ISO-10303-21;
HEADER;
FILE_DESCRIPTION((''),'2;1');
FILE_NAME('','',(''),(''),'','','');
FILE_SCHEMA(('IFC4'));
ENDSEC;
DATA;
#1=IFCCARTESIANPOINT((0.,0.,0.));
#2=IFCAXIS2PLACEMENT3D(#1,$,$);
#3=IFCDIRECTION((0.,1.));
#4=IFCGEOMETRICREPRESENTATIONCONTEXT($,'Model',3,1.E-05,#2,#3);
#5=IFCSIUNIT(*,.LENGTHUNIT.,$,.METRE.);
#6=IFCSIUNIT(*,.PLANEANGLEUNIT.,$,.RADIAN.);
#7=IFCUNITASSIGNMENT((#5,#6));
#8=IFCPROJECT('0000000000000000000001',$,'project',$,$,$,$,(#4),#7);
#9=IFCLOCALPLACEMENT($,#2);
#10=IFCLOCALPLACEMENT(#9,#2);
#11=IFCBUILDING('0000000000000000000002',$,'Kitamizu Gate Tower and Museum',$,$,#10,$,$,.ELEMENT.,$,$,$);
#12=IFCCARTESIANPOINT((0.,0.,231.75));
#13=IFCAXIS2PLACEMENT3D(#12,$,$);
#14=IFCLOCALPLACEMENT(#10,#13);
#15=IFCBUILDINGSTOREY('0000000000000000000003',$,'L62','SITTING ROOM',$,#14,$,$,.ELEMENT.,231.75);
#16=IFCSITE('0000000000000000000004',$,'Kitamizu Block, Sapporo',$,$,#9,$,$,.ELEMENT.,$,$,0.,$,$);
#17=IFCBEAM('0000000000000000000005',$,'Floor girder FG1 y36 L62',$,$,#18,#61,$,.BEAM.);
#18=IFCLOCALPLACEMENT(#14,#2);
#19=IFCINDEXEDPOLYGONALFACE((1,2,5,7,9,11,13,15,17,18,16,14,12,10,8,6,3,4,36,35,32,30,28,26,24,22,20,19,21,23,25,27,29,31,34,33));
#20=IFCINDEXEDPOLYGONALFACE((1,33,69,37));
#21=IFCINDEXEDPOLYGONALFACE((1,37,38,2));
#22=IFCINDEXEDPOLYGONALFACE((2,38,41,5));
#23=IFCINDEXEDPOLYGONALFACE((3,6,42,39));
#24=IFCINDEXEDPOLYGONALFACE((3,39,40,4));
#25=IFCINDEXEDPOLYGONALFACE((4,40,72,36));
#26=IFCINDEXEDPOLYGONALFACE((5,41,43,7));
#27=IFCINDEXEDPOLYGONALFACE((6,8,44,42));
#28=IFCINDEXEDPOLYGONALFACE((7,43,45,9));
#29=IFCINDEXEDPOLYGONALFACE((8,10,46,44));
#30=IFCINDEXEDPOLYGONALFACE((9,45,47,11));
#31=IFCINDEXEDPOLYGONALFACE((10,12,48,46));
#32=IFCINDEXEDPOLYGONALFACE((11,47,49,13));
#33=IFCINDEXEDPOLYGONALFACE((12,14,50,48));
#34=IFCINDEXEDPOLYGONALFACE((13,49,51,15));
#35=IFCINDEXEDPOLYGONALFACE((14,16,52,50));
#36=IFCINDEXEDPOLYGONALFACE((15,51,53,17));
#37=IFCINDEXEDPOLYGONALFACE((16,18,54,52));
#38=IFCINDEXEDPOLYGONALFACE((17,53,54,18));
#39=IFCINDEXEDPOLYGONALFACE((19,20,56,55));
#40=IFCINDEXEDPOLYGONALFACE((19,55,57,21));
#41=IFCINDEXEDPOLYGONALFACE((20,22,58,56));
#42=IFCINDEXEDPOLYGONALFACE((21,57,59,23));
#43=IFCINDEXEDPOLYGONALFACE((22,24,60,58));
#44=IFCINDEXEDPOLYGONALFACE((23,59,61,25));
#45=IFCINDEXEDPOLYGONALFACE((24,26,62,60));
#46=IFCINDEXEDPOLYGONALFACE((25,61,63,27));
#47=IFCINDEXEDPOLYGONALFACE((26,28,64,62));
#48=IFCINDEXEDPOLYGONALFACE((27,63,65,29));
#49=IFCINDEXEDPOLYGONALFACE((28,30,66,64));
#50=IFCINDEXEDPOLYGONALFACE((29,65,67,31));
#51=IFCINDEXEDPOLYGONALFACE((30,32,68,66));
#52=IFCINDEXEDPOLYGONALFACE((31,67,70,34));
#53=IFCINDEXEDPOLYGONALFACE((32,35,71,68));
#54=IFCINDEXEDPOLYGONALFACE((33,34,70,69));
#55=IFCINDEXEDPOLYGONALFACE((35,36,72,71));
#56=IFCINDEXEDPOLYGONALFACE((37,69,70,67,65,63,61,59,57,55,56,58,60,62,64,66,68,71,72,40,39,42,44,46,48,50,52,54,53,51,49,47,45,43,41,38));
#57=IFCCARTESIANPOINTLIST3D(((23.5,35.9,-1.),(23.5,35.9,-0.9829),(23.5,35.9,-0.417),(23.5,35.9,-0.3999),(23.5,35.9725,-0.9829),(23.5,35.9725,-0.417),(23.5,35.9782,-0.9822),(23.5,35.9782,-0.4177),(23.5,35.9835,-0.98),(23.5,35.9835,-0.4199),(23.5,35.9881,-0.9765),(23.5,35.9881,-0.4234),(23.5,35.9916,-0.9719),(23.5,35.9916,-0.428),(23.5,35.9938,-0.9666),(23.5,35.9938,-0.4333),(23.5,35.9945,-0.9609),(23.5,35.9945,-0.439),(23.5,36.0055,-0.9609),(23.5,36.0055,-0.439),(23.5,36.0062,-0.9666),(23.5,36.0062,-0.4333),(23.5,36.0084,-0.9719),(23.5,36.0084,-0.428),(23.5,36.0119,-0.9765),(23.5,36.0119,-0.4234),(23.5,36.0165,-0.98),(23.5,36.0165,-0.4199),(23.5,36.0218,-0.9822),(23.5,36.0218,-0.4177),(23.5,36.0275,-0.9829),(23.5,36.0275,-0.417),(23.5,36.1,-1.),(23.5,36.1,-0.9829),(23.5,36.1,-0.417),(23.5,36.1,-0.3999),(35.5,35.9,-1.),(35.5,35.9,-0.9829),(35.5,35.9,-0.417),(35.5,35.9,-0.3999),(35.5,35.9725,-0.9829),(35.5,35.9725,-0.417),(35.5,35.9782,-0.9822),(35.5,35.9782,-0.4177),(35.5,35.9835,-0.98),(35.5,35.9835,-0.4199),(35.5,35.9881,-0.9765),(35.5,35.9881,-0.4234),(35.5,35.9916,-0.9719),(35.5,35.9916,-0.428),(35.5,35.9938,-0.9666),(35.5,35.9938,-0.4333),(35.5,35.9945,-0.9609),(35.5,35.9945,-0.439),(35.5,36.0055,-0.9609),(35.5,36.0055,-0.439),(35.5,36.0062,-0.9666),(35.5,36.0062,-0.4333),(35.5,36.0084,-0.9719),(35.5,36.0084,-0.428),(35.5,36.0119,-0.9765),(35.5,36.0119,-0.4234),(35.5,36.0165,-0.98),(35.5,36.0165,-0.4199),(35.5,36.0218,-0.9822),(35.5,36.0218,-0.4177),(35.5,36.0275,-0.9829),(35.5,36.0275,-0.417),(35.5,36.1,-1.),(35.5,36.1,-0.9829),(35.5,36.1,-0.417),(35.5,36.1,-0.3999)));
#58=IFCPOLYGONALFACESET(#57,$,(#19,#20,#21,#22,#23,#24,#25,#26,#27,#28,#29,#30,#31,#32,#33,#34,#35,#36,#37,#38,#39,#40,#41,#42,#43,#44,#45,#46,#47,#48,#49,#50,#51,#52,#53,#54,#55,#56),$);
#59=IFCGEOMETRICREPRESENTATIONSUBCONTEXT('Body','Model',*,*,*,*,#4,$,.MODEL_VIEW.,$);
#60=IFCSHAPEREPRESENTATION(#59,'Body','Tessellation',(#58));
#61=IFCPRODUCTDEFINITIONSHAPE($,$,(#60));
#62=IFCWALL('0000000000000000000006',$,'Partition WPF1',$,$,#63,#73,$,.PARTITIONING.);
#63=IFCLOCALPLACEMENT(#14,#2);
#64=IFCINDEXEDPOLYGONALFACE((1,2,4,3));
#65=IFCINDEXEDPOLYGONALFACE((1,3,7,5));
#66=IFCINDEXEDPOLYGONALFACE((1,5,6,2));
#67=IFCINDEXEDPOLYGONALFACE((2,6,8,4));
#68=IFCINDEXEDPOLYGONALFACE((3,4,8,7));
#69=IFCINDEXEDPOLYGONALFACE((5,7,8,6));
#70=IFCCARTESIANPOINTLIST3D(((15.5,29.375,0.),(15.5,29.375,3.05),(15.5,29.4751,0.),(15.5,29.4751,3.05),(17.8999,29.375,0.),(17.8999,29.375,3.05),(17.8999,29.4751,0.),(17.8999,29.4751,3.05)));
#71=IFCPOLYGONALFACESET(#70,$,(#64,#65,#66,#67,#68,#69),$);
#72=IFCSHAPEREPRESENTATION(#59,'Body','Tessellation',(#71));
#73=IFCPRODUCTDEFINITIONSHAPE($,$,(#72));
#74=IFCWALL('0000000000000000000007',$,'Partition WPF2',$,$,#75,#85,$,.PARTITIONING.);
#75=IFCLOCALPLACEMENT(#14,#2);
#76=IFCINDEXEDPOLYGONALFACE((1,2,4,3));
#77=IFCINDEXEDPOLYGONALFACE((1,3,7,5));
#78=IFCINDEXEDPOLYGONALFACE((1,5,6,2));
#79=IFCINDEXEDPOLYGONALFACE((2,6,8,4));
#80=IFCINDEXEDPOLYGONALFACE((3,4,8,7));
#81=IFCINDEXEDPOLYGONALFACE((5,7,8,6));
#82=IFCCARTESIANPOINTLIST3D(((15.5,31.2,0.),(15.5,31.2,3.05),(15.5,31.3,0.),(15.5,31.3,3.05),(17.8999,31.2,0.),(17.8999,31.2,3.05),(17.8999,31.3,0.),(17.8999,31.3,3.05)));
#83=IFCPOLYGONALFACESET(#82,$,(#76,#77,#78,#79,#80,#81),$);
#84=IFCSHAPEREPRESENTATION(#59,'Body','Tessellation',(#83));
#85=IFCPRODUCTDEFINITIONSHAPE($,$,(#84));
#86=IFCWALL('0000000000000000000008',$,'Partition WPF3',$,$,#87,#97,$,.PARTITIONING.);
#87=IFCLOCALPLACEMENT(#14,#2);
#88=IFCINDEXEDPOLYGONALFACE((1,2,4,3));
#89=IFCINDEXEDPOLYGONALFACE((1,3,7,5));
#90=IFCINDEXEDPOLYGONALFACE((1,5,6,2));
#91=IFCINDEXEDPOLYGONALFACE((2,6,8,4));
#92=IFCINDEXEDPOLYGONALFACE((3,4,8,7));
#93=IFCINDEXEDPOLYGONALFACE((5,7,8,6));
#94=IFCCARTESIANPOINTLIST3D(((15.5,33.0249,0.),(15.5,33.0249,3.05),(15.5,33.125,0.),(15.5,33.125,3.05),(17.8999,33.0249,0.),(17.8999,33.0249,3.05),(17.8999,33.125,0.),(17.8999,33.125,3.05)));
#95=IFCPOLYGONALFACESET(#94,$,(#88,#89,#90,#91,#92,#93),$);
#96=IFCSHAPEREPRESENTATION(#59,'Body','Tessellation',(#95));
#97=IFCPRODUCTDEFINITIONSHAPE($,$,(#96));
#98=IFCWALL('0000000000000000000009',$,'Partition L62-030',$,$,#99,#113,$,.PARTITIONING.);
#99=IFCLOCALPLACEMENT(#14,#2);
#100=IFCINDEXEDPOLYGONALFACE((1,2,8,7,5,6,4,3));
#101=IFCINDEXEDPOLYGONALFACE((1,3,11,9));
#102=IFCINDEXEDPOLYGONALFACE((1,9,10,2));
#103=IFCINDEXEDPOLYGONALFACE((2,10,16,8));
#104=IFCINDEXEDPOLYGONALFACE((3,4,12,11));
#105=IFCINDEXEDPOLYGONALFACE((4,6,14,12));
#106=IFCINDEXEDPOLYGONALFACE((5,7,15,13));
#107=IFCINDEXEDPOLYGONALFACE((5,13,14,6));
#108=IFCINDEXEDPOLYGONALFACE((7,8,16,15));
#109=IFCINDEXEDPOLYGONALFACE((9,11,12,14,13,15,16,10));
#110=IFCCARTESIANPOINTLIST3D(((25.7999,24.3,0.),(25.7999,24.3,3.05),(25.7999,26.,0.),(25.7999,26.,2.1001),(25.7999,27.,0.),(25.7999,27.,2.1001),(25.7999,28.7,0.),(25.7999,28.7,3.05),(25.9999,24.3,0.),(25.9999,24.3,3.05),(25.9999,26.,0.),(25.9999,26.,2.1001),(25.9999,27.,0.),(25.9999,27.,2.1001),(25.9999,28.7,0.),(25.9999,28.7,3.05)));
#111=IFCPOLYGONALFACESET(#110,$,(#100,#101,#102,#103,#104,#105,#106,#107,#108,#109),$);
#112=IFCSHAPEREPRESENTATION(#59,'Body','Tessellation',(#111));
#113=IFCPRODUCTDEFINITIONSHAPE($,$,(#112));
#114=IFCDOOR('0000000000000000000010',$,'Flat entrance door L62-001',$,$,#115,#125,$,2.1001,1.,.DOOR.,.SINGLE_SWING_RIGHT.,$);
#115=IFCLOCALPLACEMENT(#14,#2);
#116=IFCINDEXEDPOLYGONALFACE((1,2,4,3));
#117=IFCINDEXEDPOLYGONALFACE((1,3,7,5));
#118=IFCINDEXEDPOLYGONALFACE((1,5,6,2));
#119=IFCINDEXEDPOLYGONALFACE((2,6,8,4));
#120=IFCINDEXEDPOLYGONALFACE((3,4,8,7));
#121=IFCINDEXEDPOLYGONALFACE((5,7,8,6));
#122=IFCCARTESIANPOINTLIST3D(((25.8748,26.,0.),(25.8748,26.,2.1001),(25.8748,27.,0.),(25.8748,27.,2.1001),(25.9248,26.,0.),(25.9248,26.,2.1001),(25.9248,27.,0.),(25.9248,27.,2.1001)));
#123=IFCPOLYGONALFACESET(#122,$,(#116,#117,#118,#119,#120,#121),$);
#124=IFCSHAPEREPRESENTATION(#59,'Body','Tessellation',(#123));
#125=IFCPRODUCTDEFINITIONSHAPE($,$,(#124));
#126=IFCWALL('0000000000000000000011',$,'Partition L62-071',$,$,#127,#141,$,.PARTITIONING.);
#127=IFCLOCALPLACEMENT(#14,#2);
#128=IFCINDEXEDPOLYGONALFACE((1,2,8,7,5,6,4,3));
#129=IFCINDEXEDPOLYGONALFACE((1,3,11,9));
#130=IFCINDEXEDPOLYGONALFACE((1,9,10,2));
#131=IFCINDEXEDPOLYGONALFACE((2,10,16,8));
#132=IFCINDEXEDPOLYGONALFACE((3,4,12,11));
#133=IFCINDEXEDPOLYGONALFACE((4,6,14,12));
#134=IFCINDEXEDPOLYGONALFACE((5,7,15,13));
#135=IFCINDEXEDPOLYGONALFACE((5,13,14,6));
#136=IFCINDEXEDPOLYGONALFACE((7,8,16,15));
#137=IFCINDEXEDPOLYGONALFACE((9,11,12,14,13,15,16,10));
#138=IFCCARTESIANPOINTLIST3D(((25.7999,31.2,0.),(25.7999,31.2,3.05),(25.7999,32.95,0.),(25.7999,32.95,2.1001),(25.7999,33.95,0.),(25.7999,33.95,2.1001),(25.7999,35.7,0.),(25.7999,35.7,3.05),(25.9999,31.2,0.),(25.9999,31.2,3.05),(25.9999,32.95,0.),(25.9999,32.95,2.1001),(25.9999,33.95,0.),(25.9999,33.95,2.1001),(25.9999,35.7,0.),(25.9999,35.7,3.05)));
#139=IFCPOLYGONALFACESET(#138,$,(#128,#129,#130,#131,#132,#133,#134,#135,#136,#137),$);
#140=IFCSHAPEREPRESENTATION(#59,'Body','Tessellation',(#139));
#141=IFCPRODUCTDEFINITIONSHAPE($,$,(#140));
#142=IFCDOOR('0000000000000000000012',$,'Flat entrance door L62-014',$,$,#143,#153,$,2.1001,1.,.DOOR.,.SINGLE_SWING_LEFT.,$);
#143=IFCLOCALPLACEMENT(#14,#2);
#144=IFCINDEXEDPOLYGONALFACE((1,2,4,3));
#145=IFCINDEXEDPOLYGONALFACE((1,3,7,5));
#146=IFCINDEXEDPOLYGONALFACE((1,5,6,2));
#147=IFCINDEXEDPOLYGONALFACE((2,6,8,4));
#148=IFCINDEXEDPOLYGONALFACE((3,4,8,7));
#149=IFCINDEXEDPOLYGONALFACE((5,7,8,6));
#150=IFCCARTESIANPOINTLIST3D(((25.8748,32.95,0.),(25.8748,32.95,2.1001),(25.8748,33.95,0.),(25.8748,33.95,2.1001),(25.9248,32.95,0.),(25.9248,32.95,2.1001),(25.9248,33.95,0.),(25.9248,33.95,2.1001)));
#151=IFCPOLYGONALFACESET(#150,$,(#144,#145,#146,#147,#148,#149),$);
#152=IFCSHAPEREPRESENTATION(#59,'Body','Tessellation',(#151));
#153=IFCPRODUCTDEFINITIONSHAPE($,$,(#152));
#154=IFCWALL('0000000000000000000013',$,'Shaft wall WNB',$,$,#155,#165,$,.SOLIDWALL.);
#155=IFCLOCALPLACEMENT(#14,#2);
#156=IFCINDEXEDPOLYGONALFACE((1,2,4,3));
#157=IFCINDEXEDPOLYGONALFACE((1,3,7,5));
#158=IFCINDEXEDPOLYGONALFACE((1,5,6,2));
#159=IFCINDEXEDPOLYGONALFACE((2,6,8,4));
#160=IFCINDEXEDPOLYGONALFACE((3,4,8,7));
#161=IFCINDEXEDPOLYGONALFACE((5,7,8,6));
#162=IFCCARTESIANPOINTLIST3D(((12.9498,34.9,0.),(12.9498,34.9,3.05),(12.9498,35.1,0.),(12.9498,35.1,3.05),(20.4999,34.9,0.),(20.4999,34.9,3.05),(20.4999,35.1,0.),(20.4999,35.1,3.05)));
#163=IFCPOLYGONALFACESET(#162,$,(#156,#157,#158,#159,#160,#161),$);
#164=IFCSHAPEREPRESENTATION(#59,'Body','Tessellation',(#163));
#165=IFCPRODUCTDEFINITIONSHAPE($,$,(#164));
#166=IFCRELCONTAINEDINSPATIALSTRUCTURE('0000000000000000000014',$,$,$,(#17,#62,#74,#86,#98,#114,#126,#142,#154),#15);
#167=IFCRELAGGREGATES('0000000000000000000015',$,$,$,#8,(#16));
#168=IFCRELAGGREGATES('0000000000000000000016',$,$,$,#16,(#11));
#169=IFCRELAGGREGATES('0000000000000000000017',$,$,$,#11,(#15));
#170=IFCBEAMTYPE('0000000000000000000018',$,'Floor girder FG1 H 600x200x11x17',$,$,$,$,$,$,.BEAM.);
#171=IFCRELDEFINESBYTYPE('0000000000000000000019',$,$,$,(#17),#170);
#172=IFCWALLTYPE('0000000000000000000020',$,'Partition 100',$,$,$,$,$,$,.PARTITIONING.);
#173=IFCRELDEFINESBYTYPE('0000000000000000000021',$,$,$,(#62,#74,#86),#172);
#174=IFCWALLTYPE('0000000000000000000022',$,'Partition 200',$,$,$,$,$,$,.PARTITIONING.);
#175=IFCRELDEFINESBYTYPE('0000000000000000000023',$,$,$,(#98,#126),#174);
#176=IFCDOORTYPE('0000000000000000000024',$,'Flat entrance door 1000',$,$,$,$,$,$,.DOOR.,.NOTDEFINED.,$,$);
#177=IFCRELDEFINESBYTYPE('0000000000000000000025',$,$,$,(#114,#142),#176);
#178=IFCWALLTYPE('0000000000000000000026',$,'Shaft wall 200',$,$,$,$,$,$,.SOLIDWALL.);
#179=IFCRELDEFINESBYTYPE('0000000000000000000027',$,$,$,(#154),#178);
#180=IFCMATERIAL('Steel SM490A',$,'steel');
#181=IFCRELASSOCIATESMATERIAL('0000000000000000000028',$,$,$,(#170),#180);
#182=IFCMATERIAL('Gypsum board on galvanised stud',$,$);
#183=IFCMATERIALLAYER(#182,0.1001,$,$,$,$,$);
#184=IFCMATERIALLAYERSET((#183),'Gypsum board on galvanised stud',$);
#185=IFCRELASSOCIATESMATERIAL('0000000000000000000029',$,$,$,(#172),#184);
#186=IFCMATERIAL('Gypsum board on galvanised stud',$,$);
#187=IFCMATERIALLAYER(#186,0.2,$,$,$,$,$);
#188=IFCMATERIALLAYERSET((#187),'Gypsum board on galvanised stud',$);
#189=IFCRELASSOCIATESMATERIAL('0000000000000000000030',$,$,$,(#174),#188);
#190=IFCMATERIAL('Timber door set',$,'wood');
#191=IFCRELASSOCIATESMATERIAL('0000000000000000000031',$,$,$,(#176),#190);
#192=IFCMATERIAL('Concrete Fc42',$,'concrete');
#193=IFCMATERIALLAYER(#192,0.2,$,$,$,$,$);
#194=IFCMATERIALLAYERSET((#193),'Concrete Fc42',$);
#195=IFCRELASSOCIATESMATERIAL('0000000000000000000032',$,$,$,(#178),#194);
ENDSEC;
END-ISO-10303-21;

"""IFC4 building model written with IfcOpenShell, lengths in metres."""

from ifc_helpers import new_model, si_unit, direction, frame, frame_2d, origin, origin_2d, place, context, subcontext, project, spatial, rectangle, i_section, extrude, material, layer, layer_set, material_profile, profile_set, type_object, element, fill, save


model = new_model("IFC4")

# Units and contexts
model_context = context("Model", 3, precision=1e-05, world=origin(), true_north=direction((0.0, 1.0)))
body_context = subcontext(model_context, "Body", "Model", "MODEL_VIEW")
ifc_project = project(units=[si_unit("LENGTHUNIT", "METRE"), si_unit("PLANEANGLEUNIT", "RADIAN")], contexts=[model_context])

# Site, building, storey
site_placement = place(None, origin())
site = spatial("IfcSite", under=ifc_project, at=site_placement, Name="Kitamizu Block, Sapporo", CompositionType="ELEMENT", RefElevation=0.0)
building_placement = place(site_placement, origin())
building = spatial("IfcBuilding", under=site, at=building_placement, Name="Kitamizu Gate Tower and Museum", CompositionType="ELEMENT")
storey_placement = place(building_placement, frame((0.0, 0.0, 231.75)))
storey = spatial("IfcBuildingStorey", under=building, at=storey_placement, Name="L62", Description="SITTING ROOM", CompositionType="ELEMENT", Elevation=231.75)

# Beam
ifc_material_1 = material(Name="Steel SM490A", Category="steel")
ifc_material_profile = material_profile(ifc_material_1, i_section(OverallWidth=0.2, OverallDepth=0.6001, WebThickness=0.011, FlangeThickness=0.0171, FilletRadius=0.022, at=origin_2d()), Name="H-600x200x11x17")
ifc_profile_set = profile_set([ifc_material_profile], Name="Steel SM490A")
beam_type = type_object("IfcBeamType", Name="Floor girder FG1 H 600x200x11x17", PredefinedType="BEAM", material=ifc_profile_set)
beam_placement = place(storey_placement, frame((23.5, 36.0, -0.7), z_axis=(1.0, 0.0, 0.0), x_axis=(0.0, 1.0, 0.0)))
element("IfcBeam", 1, at=beam_placement, inside=storey, type_object=beam_type, Name="Floor girder FG1 y36 L62", PredefinedType="BEAM", context=body_context, shape_type="SweptSolid", body=[
    extrude(i_section(OverallWidth=0.2, OverallDepth=0.6001, WebThickness=0.011, FlangeThickness=0.0171, FilletRadius=0.022, at=origin_2d()), origin(), (0.0, 0.0, 1.0), 12.0),
])

# Walls
ifc_material_2 = material(Name="Gypsum board on galvanised stud")
ifc_layer_1 = layer(ifc_material_2, 0.1001)
ifc_layer_set_1 = layer_set([ifc_layer_1], Name="Gypsum board on galvanised stud")
wall_type_1 = type_object("IfcWallType", Name="Partition 100", PredefinedType="PARTITIONING", material=ifc_layer_set_1)
for number, where, z_axis, x_axis, name in (
    (2, (15.5, 29.425, 0.0), (0.0, 0.0, 1.0), (1.0, 0.0, 0.0), "Partition WPF1"),
    (3, (15.5, 31.25, 0.0), (0.0, 0.0, 1.0), (1.0, 0.0, 0.0), "Partition WPF2"),
    (4, (15.5, 33.075, 0.0), (0.0, 0.0, 1.0), (1.0, 0.0, 0.0), "Partition WPF3"),
):
    element("IfcWall", number, at=place(storey_placement, frame(where, z_axis=z_axis, x_axis=x_axis)), inside=storey, type_object=wall_type_1, Name=name, PredefinedType="PARTITIONING", context=body_context, shape_type="SweptSolid", body=[
        extrude(rectangle(XDim=2.3999, YDim=0.1001, at=frame_2d((1.2, 0.0))), origin(), (0.0, 0.0, 1.0), 3.05),
    ])

# Walls, openings, doors
ifc_material_3 = material(Name="Gypsum board on galvanised stud")
ifc_layer_2 = layer(ifc_material_3, 0.2)
ifc_layer_set_2 = layer_set([ifc_layer_2], Name="Gypsum board on galvanised stud")
wall_type_2 = type_object("IfcWallType", Name="Partition 200", PredefinedType="PARTITIONING", material=ifc_layer_set_2)
wall_1_placement = place(storey_placement, frame((25.8999, 28.7, 0.0), z_axis=(0.0, 0.0, 1.0), x_axis=(0.0, -1.0, 0.0)))
wall_1 = element("IfcWall", 5, at=wall_1_placement, inside=storey, type_object=wall_type_2, Name="Partition L62-030", PredefinedType="PARTITIONING", context=body_context, shape_type="SweptSolid", body=[
    extrude(rectangle(XDim=4.3999, YDim=0.2, at=frame_2d((2.2, 0.0))), origin(), (0.0, 0.0, 1.0), 3.05),
])
opening_1_placement = place(wall_1_placement, frame((1.7, 0.0, 0.0)))
opening_1 = element("IfcOpeningElement", 6, at=opening_1_placement, cuts=wall_1, PredefinedType="OPENING", context=body_context, shape_type="SweptSolid", body=[
    extrude(rectangle(XDim=1.0, YDim=2.1001, at=frame_2d((0.5, 1.05))), frame((0.0, 0.1099, 0.0), z_axis=(0.0, -1.0, 0.0), x_axis=(1.0, 0.0, 0.0)), (0.0, 0.0, 1.0), 0.22),
])
ifc_material_4 = material(Name="Timber door set", Category="wood")
door_type_1 = type_object("IfcDoorType", Name="Flat entrance door 1000", OperationType="NOTDEFINED", PredefinedType="DOOR", material=ifc_material_4)
door_1_placement = place(opening_1_placement, origin())
door_1 = element("IfcDoor", 7, at=door_1_placement, inside=storey, type_object=door_type_1, Name="Flat entrance door L62-001", OperationType="SINGLE_SWING_RIGHT", OverallHeight=2.1001, OverallWidth=1.0, PredefinedType="DOOR", context=body_context, shape_type="SweptSolid", body=[
    extrude(rectangle(XDim=1.0, YDim=2.1001, at=frame_2d((0.5, 1.05))), frame((0.0, 0.0249, 0.0), z_axis=(0.0, -1.0, 0.0), x_axis=(1.0, 0.0, 0.0)), (0.0, 0.0, 1.0), 0.05),
])
fill(opening_1, door_1)
wall_2_placement = place(storey_placement, frame((25.8999, 35.7, 0.0), z_axis=(0.0, 0.0, 1.0), x_axis=(0.0, -1.0, 0.0)))
wall_2 = element("IfcWall", 8, at=wall_2_placement, inside=storey, type_object=wall_type_2, Name="Partition L62-071", PredefinedType="PARTITIONING", context=body_context, shape_type="SweptSolid", body=[
    extrude(rectangle(XDim=4.5, YDim=0.2, at=frame_2d((2.25, 0.0))), origin(), (0.0, 0.0, 1.0), 3.05),
])
opening_2_placement = place(wall_2_placement, frame((1.75, 0.0, 0.0)))
opening_2 = element("IfcOpeningElement", 9, at=opening_2_placement, cuts=wall_2, PredefinedType="OPENING", context=body_context, shape_type="SweptSolid", body=[
    extrude(rectangle(XDim=1.0, YDim=2.1001, at=frame_2d((0.5, 1.05))), frame((0.0, 0.1099, 0.0), z_axis=(0.0, -1.0, 0.0), x_axis=(1.0, 0.0, 0.0)), (0.0, 0.0, 1.0), 0.22),
])
door_2_placement = place(opening_2_placement, origin())
door_2 = element("IfcDoor", 10, at=door_2_placement, inside=storey, type_object=door_type_1, Name="Flat entrance door L62-014", OperationType="SINGLE_SWING_LEFT", OverallHeight=2.1001, OverallWidth=1.0, PredefinedType="DOOR", context=body_context, shape_type="SweptSolid", body=[
    extrude(rectangle(XDim=1.0, YDim=2.1001, at=frame_2d((0.5, 1.05))), frame((0.0, 0.0249, 0.0), z_axis=(0.0, -1.0, 0.0), x_axis=(1.0, 0.0, 0.0)), (0.0, 0.0, 1.0), 0.05),
])
fill(opening_2, door_2)

# Wall
ifc_material_5 = material(Name="Concrete Fc42", Category="concrete")
ifc_layer_3 = layer(ifc_material_5, 0.2)
ifc_layer_set_3 = layer_set([ifc_layer_3], Name="Concrete Fc42")
wall_type_3 = type_object("IfcWallType", Name="Shaft wall 200", PredefinedType="SOLIDWALL", material=ifc_layer_set_3)
wall_3_placement = place(storey_placement, frame((12.95, 35.0, 0.0), z_axis=(0.0, 0.0, 1.0), x_axis=(1.0, 0.0, 0.0)))
element("IfcWall", 11, at=wall_3_placement, inside=storey, type_object=wall_type_3, Name="Shaft wall WNB", PredefinedType="SOLIDWALL", context=body_context, shape_type="SweptSolid", body=[
    extrude(rectangle(XDim=7.55, YDim=0.2, at=frame_2d((3.7749, 0.0))), origin(), (0.0, 0.0, 1.0), 3.05),
])

save(model, "model.ifc")
